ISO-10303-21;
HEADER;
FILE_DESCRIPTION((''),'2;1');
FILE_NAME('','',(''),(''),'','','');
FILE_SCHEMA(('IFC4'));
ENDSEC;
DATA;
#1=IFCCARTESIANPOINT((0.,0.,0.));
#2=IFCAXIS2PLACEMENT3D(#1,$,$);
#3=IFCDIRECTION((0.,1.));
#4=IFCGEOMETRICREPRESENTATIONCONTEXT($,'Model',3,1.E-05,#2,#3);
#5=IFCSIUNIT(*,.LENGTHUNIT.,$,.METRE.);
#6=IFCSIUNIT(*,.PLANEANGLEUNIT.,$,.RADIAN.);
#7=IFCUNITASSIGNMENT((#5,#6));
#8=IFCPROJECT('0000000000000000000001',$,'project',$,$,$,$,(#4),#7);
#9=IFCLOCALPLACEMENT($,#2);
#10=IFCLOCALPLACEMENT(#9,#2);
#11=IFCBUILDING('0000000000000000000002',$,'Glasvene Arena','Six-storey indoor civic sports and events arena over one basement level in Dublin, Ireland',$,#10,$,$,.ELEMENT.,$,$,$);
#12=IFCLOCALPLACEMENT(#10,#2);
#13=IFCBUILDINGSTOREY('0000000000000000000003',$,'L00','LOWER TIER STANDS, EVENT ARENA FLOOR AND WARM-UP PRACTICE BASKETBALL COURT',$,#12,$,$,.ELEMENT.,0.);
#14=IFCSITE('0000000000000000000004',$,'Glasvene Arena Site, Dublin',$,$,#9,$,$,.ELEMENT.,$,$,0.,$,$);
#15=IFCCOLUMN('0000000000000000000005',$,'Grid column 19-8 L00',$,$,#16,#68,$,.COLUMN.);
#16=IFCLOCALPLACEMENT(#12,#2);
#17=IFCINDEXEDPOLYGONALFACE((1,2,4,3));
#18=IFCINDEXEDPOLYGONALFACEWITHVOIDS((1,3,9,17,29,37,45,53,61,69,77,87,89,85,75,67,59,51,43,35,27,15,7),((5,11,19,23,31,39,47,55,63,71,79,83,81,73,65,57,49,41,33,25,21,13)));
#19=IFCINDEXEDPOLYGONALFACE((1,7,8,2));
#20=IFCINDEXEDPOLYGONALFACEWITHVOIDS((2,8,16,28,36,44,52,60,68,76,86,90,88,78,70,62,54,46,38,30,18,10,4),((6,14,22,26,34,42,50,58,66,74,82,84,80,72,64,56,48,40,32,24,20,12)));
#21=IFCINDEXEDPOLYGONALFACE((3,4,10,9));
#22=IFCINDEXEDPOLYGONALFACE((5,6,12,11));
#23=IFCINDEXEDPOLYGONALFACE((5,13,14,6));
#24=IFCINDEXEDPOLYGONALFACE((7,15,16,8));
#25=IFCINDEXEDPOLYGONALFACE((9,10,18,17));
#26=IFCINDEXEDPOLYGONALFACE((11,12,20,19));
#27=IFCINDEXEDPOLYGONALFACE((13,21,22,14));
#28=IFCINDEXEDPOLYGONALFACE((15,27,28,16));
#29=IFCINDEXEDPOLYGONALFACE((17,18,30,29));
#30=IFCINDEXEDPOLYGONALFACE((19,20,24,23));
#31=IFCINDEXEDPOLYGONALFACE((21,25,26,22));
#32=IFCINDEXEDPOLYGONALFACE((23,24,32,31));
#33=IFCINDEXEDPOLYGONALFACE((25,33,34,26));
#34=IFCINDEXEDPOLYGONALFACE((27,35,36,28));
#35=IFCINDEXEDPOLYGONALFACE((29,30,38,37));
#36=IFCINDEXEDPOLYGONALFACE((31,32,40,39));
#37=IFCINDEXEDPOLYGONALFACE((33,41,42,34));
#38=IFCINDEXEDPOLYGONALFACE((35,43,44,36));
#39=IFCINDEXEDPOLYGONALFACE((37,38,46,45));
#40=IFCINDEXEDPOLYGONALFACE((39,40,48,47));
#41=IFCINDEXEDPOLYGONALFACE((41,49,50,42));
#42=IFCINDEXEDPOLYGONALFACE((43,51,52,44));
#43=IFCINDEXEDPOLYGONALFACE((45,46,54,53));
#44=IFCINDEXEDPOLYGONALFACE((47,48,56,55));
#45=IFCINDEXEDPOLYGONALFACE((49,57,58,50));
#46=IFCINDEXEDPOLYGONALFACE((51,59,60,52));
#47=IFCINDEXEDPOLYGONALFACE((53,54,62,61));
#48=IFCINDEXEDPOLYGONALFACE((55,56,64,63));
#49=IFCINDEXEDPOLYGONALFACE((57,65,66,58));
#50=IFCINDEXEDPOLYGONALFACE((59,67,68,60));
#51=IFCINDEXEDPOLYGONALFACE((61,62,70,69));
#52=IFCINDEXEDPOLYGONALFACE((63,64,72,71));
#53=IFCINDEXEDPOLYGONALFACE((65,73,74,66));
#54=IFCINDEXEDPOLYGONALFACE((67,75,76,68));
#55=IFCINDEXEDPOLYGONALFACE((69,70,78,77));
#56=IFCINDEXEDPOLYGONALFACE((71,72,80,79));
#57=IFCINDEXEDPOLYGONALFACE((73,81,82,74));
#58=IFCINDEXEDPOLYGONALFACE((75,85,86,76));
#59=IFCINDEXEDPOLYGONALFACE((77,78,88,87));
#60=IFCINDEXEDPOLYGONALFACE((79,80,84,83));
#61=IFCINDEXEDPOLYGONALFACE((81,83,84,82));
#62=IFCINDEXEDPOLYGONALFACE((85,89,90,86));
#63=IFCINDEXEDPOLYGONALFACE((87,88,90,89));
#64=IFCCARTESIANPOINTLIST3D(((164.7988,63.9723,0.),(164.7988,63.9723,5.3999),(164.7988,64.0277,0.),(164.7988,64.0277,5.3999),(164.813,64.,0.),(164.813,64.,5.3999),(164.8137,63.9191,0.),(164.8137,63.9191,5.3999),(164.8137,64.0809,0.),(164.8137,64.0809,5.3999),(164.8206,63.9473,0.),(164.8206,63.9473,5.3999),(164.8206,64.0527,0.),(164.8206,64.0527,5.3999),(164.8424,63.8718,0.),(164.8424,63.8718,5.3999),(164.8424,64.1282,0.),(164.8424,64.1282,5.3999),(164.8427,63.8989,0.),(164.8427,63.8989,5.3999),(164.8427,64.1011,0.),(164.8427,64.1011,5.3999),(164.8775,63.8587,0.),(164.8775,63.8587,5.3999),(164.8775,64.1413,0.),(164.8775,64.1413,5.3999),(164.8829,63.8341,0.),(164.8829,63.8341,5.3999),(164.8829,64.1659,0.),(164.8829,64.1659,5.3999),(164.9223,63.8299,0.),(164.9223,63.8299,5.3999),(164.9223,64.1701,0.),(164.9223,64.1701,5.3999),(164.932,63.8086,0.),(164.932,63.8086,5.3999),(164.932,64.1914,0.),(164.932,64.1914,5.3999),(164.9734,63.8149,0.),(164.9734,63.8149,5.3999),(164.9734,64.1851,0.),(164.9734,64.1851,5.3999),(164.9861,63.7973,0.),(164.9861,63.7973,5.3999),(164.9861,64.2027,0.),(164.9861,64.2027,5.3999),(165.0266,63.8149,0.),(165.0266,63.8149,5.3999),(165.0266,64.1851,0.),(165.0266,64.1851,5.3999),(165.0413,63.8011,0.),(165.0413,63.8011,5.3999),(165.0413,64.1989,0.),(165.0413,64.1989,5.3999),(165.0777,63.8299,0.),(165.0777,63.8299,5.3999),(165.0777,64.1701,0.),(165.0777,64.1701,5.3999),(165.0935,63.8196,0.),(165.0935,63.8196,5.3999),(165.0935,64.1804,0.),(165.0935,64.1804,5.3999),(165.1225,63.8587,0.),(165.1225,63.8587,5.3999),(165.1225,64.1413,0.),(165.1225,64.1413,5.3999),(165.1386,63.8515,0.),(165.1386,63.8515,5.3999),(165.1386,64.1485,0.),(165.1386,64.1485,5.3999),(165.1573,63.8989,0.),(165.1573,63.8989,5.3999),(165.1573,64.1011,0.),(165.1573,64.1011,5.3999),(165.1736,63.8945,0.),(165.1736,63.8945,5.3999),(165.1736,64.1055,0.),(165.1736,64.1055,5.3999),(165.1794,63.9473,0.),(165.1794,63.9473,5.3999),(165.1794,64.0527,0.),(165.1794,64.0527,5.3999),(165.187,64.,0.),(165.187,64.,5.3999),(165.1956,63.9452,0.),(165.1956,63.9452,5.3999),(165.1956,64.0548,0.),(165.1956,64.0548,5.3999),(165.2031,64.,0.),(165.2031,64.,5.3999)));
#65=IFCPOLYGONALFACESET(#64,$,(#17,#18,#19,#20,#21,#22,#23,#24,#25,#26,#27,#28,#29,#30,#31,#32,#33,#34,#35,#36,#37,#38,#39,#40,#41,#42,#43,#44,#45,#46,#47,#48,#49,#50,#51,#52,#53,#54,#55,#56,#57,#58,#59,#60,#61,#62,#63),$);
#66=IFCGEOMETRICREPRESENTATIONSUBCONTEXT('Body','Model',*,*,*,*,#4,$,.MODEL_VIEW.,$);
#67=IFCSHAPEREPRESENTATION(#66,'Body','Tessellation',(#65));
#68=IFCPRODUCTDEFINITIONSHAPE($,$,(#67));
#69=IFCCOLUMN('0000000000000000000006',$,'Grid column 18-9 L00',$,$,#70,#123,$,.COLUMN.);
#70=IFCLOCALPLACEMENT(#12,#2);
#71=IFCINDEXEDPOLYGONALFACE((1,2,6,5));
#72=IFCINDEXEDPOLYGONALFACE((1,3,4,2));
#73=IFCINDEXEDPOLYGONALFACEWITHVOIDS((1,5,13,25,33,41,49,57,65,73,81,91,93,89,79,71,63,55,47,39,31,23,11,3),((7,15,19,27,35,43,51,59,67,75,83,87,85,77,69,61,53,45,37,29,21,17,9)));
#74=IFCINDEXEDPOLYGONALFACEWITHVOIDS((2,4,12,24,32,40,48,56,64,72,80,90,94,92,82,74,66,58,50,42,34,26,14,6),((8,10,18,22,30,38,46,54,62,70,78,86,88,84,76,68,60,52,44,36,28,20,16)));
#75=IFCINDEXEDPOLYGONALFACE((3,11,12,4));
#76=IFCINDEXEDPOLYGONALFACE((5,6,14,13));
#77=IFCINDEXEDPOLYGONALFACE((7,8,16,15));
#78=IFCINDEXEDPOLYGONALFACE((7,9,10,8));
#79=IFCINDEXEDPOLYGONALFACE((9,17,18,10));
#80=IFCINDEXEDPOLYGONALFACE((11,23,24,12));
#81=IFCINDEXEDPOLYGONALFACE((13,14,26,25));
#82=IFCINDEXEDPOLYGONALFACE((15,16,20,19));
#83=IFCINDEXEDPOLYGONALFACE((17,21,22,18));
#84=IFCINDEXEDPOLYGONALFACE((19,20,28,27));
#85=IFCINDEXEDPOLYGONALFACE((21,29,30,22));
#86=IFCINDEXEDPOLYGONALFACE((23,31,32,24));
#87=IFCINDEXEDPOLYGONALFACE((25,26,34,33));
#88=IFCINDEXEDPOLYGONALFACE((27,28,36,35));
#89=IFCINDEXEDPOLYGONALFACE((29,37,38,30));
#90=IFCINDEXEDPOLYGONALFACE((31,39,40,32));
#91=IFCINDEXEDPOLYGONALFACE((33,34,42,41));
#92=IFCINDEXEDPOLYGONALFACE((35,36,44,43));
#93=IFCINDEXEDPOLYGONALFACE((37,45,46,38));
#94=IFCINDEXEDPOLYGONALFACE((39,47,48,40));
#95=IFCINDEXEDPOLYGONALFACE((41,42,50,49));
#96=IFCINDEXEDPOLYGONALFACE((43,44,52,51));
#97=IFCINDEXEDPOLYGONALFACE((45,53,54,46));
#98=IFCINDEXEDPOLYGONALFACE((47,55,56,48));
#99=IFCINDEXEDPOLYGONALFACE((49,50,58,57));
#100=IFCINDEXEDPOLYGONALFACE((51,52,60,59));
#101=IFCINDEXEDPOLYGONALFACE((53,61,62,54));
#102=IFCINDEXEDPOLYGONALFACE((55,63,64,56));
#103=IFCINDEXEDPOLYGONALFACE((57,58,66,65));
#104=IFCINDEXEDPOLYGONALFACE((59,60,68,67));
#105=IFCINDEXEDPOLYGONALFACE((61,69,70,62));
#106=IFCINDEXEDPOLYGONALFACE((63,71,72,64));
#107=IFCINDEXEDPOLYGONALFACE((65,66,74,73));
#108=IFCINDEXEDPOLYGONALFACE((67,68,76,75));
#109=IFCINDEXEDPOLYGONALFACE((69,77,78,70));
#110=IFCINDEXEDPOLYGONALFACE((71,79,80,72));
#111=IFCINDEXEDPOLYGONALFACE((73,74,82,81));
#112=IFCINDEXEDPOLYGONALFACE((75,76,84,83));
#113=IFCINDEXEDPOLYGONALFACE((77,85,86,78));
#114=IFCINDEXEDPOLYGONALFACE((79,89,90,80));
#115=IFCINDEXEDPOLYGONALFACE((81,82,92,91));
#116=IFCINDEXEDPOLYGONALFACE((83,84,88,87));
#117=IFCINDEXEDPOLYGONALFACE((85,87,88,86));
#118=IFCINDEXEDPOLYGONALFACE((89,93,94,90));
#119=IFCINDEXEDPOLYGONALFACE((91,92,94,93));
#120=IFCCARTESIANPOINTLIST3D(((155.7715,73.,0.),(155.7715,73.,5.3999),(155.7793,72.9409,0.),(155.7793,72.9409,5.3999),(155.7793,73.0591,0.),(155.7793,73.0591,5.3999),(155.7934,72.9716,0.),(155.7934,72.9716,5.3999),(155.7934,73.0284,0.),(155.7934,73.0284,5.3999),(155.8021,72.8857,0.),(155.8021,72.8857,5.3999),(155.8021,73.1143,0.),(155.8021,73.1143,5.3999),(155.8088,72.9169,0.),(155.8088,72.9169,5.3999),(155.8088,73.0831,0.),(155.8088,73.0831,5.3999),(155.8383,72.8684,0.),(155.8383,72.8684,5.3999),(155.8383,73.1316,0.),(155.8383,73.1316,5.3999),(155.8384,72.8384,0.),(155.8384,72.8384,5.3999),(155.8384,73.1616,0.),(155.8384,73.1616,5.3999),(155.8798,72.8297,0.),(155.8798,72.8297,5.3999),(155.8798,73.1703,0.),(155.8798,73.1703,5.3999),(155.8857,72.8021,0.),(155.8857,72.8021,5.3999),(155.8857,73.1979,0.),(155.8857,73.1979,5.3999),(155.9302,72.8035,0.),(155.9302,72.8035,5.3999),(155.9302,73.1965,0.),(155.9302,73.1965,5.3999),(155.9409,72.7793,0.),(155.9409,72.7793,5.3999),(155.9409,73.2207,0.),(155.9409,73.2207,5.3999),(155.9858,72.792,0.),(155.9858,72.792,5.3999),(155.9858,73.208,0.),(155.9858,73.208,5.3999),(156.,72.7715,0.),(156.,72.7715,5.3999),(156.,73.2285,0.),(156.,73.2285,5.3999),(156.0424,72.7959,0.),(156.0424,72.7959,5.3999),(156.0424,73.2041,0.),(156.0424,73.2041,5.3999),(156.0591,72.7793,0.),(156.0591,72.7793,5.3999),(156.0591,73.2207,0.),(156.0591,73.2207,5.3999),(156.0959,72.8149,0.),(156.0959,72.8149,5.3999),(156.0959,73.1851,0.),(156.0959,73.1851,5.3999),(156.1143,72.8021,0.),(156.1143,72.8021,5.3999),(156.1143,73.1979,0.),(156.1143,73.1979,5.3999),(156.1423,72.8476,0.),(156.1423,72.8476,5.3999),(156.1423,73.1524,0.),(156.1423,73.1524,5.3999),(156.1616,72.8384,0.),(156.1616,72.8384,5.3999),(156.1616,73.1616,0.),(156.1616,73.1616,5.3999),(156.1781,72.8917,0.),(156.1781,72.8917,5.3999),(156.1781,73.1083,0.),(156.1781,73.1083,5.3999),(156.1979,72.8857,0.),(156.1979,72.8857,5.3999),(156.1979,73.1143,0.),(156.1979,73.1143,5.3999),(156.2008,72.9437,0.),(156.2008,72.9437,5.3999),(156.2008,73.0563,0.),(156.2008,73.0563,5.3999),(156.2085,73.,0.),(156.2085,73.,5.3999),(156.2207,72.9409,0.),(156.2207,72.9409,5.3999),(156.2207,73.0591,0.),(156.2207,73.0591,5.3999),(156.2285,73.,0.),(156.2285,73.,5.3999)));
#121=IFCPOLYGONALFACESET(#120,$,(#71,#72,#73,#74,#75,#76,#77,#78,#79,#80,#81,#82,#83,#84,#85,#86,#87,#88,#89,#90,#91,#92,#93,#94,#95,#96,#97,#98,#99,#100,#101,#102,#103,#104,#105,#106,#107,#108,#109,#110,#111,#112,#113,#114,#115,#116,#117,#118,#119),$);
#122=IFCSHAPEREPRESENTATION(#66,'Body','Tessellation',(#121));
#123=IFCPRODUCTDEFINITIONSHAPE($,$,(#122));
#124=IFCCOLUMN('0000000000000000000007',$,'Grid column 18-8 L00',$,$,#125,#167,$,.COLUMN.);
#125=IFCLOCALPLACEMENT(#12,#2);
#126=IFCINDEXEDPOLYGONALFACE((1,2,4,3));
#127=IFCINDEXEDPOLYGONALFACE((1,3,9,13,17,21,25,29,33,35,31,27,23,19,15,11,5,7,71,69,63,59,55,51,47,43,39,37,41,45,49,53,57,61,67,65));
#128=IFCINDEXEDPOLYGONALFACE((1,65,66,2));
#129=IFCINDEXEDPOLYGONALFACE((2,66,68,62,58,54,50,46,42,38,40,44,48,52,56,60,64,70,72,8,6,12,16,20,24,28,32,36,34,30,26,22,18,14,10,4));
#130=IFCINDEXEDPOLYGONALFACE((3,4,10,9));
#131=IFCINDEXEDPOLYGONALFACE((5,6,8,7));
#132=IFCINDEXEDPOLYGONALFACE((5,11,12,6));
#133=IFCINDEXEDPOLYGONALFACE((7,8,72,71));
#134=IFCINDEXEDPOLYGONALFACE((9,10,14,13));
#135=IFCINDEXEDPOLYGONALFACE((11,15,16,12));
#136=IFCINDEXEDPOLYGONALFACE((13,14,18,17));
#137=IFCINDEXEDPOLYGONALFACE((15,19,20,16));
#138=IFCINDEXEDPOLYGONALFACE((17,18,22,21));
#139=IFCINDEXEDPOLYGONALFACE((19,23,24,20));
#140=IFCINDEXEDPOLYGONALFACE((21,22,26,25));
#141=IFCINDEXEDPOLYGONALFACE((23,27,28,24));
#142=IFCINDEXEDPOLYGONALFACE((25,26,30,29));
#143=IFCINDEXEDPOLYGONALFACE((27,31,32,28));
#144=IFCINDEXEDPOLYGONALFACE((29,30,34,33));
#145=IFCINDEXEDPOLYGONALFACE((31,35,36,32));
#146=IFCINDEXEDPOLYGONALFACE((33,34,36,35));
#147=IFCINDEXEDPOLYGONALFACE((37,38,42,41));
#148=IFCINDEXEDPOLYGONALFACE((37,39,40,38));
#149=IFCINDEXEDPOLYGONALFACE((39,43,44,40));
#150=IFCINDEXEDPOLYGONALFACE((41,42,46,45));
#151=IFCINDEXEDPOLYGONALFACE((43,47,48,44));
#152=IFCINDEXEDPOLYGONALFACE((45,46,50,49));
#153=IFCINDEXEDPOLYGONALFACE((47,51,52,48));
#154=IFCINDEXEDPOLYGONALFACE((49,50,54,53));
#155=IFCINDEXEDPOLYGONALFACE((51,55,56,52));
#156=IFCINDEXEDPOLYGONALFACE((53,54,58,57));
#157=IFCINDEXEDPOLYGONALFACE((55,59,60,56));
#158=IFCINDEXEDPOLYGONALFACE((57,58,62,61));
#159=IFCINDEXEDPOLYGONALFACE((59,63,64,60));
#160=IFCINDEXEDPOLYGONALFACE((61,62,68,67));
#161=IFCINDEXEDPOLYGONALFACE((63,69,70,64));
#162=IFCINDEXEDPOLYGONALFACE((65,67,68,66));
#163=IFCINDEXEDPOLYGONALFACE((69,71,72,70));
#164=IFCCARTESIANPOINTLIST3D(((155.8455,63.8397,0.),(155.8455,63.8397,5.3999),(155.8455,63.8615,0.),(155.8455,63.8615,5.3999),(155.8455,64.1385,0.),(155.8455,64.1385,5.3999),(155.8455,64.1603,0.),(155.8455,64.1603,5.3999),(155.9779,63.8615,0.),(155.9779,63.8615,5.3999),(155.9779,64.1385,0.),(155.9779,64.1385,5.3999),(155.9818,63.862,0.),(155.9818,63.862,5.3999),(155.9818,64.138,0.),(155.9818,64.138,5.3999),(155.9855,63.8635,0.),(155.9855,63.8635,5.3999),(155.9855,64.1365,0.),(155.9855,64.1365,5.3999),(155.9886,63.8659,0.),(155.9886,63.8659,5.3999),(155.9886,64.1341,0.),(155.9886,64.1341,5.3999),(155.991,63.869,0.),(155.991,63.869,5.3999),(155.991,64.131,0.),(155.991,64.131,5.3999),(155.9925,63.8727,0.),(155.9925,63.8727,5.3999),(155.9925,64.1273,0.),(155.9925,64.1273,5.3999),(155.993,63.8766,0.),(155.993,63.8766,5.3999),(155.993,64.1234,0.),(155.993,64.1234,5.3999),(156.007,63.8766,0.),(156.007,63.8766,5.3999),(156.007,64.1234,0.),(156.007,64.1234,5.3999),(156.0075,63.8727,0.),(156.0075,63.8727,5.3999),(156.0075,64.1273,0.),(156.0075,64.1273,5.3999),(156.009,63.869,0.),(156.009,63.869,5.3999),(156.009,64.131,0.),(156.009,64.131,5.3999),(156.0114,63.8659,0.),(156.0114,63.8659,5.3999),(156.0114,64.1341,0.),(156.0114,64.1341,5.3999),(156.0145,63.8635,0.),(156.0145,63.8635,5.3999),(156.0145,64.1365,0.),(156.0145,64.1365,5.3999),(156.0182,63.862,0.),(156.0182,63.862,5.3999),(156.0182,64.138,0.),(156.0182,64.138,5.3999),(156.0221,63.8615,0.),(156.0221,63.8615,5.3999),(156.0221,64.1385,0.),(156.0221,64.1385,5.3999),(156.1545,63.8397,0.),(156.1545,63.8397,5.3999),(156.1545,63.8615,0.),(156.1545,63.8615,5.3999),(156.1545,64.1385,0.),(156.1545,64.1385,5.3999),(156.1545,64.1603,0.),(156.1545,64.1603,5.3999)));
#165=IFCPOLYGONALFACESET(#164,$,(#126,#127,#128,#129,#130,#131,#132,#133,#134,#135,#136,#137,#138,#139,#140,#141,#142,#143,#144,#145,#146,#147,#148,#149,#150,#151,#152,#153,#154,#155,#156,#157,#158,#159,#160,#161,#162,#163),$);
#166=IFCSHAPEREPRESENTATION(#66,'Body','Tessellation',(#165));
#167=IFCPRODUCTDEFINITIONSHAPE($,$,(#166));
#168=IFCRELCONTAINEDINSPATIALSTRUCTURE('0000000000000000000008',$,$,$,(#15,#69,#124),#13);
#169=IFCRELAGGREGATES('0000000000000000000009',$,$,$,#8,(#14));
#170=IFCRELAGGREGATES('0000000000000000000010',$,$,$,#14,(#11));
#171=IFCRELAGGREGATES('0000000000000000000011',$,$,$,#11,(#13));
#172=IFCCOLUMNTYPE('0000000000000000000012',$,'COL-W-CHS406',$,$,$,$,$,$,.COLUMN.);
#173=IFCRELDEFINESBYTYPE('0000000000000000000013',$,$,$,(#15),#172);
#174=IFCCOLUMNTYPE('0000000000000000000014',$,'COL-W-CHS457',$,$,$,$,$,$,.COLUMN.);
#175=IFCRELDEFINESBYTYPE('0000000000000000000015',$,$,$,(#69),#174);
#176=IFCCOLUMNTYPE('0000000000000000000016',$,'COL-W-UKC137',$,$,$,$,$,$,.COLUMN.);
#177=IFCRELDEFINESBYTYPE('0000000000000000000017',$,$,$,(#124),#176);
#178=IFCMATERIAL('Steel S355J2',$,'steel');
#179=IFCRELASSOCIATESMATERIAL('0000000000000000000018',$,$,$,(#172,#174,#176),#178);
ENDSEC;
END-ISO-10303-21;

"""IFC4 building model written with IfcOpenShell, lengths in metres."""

from ifc_helpers import new_model, si_unit, direction, frame, origin, origin_2d, place, context, subcontext, project, spatial, hollow_circle, i_section, extrude, material, material_profile, profile_set, type_object, element, save


model = new_model("IFC4")

# Units and contexts
model_context = context("Model", 3, precision=1e-05, world=origin(), true_north=direction((0.0, 1.0)))
body_context = subcontext(model_context, "Body", "Model", "MODEL_VIEW")
ifc_project = project(units=[si_unit("LENGTHUNIT", "METRE"), si_unit("PLANEANGLEUNIT", "RADIAN")], contexts=[model_context])

# Site, building, storey
site_placement = place(None, origin())
site = spatial("IfcSite", under=ifc_project, at=site_placement, Name="Glasvene Arena Site, Dublin", CompositionType="ELEMENT", RefElevation=0.0)
building_placement = place(site_placement, origin())
building = spatial("IfcBuilding", under=site, at=building_placement, Name="Glasvene Arena", Description="Six-storey indoor civic sports and events arena over one basement level in Dublin, Ireland", CompositionType="ELEMENT")
storey_placement = place(building_placement, origin())
storey = spatial("IfcBuildingStorey", under=building, at=storey_placement, Name="L00", Description="LOWER TIER STANDS, EVENT ARENA FLOOR AND WARM-UP PRACTICE BASKETBALL COURT", CompositionType="ELEMENT", Elevation=0.0)

# Columns
ifc_material_1 = material(Name="Steel S355J2", Category="steel")
ifc_material_profile_1 = material_profile(ifc_material_1, hollow_circle(Radius=0.2031, WallThickness=0.0161, at=origin_2d()), Name="CHS 406.4x16.0")
ifc_profile_set_1 = profile_set([ifc_material_profile_1], Name="Steel S355J2")
column_type_1 = type_object("IfcColumnType", Name="COL-W-CHS406", PredefinedType="COLUMN", material=ifc_profile_set_1)
column_1_placement = place(storey_placement, frame((165.0, 64.0, 0.0), z_axis=(0.0, 0.0, 1.0), x_axis=(1.0, 0.0, 0.0)))
element("IfcColumn", 1, at=column_1_placement, inside=storey, type_object=column_type_1, Name="Grid column 19-8 L00", PredefinedType="COLUMN", context=body_context, shape_type="SweptSolid", body=[
    extrude(hollow_circle(Radius=0.2031, WallThickness=0.0161, at=origin_2d()), origin(), (0.0, 0.0, 1.0), 5.3999),
])
ifc_material_profile_2 = material_profile(ifc_material_1, hollow_circle(Radius=0.2285, WallThickness=0.02, at=origin_2d()), Name="CHS 457.0x20.0")
ifc_profile_set_2 = profile_set([ifc_material_profile_2], Name="Steel S355J2")
column_type_2 = type_object("IfcColumnType", Name="COL-W-CHS457", PredefinedType="COLUMN", material=ifc_profile_set_2)
column_2_placement = place(storey_placement, frame((156.0, 73.0, 0.0), z_axis=(0.0, 0.0, 1.0), x_axis=(1.0, 0.0, 0.0)))
element("IfcColumn", 2, at=column_2_placement, inside=storey, type_object=column_type_2, Name="Grid column 18-9 L00", PredefinedType="COLUMN", context=body_context, shape_type="SweptSolid", body=[
    extrude(hollow_circle(Radius=0.2285, WallThickness=0.02, at=origin_2d()), origin(), (0.0, 0.0, 1.0), 5.3999),
])
ifc_material_profile_3 = material_profile(ifc_material_1, i_section(OverallWidth=0.3091, OverallDepth=0.3206, WebThickness=0.0139, FlangeThickness=0.0217, FilletRadius=0.0151, at=origin_2d()), Name="UKC 305x305x137")
ifc_profile_set_3 = profile_set([ifc_material_profile_3], Name="Steel S355J2")
column_type_3 = type_object("IfcColumnType", Name="COL-W-UKC137", PredefinedType="COLUMN", material=ifc_profile_set_3)
column_3_placement = place(storey_placement, frame((156.0, 64.0, 0.0), z_axis=(0.0, 0.0, 1.0), x_axis=(1.0, 0.0, 0.0)))
element("IfcColumn", 3, at=column_3_placement, inside=storey, type_object=column_type_3, Name="Grid column 18-8 L00", PredefinedType="COLUMN", context=body_context, shape_type="SweptSolid", body=[
    extrude(i_section(OverallWidth=0.3091, OverallDepth=0.3206, WebThickness=0.0139, FlangeThickness=0.0217, FilletRadius=0.0151, at=origin_2d()), origin(), (0.0, 0.0, 1.0), 5.3999),
])

save(model, "model.ifc")
